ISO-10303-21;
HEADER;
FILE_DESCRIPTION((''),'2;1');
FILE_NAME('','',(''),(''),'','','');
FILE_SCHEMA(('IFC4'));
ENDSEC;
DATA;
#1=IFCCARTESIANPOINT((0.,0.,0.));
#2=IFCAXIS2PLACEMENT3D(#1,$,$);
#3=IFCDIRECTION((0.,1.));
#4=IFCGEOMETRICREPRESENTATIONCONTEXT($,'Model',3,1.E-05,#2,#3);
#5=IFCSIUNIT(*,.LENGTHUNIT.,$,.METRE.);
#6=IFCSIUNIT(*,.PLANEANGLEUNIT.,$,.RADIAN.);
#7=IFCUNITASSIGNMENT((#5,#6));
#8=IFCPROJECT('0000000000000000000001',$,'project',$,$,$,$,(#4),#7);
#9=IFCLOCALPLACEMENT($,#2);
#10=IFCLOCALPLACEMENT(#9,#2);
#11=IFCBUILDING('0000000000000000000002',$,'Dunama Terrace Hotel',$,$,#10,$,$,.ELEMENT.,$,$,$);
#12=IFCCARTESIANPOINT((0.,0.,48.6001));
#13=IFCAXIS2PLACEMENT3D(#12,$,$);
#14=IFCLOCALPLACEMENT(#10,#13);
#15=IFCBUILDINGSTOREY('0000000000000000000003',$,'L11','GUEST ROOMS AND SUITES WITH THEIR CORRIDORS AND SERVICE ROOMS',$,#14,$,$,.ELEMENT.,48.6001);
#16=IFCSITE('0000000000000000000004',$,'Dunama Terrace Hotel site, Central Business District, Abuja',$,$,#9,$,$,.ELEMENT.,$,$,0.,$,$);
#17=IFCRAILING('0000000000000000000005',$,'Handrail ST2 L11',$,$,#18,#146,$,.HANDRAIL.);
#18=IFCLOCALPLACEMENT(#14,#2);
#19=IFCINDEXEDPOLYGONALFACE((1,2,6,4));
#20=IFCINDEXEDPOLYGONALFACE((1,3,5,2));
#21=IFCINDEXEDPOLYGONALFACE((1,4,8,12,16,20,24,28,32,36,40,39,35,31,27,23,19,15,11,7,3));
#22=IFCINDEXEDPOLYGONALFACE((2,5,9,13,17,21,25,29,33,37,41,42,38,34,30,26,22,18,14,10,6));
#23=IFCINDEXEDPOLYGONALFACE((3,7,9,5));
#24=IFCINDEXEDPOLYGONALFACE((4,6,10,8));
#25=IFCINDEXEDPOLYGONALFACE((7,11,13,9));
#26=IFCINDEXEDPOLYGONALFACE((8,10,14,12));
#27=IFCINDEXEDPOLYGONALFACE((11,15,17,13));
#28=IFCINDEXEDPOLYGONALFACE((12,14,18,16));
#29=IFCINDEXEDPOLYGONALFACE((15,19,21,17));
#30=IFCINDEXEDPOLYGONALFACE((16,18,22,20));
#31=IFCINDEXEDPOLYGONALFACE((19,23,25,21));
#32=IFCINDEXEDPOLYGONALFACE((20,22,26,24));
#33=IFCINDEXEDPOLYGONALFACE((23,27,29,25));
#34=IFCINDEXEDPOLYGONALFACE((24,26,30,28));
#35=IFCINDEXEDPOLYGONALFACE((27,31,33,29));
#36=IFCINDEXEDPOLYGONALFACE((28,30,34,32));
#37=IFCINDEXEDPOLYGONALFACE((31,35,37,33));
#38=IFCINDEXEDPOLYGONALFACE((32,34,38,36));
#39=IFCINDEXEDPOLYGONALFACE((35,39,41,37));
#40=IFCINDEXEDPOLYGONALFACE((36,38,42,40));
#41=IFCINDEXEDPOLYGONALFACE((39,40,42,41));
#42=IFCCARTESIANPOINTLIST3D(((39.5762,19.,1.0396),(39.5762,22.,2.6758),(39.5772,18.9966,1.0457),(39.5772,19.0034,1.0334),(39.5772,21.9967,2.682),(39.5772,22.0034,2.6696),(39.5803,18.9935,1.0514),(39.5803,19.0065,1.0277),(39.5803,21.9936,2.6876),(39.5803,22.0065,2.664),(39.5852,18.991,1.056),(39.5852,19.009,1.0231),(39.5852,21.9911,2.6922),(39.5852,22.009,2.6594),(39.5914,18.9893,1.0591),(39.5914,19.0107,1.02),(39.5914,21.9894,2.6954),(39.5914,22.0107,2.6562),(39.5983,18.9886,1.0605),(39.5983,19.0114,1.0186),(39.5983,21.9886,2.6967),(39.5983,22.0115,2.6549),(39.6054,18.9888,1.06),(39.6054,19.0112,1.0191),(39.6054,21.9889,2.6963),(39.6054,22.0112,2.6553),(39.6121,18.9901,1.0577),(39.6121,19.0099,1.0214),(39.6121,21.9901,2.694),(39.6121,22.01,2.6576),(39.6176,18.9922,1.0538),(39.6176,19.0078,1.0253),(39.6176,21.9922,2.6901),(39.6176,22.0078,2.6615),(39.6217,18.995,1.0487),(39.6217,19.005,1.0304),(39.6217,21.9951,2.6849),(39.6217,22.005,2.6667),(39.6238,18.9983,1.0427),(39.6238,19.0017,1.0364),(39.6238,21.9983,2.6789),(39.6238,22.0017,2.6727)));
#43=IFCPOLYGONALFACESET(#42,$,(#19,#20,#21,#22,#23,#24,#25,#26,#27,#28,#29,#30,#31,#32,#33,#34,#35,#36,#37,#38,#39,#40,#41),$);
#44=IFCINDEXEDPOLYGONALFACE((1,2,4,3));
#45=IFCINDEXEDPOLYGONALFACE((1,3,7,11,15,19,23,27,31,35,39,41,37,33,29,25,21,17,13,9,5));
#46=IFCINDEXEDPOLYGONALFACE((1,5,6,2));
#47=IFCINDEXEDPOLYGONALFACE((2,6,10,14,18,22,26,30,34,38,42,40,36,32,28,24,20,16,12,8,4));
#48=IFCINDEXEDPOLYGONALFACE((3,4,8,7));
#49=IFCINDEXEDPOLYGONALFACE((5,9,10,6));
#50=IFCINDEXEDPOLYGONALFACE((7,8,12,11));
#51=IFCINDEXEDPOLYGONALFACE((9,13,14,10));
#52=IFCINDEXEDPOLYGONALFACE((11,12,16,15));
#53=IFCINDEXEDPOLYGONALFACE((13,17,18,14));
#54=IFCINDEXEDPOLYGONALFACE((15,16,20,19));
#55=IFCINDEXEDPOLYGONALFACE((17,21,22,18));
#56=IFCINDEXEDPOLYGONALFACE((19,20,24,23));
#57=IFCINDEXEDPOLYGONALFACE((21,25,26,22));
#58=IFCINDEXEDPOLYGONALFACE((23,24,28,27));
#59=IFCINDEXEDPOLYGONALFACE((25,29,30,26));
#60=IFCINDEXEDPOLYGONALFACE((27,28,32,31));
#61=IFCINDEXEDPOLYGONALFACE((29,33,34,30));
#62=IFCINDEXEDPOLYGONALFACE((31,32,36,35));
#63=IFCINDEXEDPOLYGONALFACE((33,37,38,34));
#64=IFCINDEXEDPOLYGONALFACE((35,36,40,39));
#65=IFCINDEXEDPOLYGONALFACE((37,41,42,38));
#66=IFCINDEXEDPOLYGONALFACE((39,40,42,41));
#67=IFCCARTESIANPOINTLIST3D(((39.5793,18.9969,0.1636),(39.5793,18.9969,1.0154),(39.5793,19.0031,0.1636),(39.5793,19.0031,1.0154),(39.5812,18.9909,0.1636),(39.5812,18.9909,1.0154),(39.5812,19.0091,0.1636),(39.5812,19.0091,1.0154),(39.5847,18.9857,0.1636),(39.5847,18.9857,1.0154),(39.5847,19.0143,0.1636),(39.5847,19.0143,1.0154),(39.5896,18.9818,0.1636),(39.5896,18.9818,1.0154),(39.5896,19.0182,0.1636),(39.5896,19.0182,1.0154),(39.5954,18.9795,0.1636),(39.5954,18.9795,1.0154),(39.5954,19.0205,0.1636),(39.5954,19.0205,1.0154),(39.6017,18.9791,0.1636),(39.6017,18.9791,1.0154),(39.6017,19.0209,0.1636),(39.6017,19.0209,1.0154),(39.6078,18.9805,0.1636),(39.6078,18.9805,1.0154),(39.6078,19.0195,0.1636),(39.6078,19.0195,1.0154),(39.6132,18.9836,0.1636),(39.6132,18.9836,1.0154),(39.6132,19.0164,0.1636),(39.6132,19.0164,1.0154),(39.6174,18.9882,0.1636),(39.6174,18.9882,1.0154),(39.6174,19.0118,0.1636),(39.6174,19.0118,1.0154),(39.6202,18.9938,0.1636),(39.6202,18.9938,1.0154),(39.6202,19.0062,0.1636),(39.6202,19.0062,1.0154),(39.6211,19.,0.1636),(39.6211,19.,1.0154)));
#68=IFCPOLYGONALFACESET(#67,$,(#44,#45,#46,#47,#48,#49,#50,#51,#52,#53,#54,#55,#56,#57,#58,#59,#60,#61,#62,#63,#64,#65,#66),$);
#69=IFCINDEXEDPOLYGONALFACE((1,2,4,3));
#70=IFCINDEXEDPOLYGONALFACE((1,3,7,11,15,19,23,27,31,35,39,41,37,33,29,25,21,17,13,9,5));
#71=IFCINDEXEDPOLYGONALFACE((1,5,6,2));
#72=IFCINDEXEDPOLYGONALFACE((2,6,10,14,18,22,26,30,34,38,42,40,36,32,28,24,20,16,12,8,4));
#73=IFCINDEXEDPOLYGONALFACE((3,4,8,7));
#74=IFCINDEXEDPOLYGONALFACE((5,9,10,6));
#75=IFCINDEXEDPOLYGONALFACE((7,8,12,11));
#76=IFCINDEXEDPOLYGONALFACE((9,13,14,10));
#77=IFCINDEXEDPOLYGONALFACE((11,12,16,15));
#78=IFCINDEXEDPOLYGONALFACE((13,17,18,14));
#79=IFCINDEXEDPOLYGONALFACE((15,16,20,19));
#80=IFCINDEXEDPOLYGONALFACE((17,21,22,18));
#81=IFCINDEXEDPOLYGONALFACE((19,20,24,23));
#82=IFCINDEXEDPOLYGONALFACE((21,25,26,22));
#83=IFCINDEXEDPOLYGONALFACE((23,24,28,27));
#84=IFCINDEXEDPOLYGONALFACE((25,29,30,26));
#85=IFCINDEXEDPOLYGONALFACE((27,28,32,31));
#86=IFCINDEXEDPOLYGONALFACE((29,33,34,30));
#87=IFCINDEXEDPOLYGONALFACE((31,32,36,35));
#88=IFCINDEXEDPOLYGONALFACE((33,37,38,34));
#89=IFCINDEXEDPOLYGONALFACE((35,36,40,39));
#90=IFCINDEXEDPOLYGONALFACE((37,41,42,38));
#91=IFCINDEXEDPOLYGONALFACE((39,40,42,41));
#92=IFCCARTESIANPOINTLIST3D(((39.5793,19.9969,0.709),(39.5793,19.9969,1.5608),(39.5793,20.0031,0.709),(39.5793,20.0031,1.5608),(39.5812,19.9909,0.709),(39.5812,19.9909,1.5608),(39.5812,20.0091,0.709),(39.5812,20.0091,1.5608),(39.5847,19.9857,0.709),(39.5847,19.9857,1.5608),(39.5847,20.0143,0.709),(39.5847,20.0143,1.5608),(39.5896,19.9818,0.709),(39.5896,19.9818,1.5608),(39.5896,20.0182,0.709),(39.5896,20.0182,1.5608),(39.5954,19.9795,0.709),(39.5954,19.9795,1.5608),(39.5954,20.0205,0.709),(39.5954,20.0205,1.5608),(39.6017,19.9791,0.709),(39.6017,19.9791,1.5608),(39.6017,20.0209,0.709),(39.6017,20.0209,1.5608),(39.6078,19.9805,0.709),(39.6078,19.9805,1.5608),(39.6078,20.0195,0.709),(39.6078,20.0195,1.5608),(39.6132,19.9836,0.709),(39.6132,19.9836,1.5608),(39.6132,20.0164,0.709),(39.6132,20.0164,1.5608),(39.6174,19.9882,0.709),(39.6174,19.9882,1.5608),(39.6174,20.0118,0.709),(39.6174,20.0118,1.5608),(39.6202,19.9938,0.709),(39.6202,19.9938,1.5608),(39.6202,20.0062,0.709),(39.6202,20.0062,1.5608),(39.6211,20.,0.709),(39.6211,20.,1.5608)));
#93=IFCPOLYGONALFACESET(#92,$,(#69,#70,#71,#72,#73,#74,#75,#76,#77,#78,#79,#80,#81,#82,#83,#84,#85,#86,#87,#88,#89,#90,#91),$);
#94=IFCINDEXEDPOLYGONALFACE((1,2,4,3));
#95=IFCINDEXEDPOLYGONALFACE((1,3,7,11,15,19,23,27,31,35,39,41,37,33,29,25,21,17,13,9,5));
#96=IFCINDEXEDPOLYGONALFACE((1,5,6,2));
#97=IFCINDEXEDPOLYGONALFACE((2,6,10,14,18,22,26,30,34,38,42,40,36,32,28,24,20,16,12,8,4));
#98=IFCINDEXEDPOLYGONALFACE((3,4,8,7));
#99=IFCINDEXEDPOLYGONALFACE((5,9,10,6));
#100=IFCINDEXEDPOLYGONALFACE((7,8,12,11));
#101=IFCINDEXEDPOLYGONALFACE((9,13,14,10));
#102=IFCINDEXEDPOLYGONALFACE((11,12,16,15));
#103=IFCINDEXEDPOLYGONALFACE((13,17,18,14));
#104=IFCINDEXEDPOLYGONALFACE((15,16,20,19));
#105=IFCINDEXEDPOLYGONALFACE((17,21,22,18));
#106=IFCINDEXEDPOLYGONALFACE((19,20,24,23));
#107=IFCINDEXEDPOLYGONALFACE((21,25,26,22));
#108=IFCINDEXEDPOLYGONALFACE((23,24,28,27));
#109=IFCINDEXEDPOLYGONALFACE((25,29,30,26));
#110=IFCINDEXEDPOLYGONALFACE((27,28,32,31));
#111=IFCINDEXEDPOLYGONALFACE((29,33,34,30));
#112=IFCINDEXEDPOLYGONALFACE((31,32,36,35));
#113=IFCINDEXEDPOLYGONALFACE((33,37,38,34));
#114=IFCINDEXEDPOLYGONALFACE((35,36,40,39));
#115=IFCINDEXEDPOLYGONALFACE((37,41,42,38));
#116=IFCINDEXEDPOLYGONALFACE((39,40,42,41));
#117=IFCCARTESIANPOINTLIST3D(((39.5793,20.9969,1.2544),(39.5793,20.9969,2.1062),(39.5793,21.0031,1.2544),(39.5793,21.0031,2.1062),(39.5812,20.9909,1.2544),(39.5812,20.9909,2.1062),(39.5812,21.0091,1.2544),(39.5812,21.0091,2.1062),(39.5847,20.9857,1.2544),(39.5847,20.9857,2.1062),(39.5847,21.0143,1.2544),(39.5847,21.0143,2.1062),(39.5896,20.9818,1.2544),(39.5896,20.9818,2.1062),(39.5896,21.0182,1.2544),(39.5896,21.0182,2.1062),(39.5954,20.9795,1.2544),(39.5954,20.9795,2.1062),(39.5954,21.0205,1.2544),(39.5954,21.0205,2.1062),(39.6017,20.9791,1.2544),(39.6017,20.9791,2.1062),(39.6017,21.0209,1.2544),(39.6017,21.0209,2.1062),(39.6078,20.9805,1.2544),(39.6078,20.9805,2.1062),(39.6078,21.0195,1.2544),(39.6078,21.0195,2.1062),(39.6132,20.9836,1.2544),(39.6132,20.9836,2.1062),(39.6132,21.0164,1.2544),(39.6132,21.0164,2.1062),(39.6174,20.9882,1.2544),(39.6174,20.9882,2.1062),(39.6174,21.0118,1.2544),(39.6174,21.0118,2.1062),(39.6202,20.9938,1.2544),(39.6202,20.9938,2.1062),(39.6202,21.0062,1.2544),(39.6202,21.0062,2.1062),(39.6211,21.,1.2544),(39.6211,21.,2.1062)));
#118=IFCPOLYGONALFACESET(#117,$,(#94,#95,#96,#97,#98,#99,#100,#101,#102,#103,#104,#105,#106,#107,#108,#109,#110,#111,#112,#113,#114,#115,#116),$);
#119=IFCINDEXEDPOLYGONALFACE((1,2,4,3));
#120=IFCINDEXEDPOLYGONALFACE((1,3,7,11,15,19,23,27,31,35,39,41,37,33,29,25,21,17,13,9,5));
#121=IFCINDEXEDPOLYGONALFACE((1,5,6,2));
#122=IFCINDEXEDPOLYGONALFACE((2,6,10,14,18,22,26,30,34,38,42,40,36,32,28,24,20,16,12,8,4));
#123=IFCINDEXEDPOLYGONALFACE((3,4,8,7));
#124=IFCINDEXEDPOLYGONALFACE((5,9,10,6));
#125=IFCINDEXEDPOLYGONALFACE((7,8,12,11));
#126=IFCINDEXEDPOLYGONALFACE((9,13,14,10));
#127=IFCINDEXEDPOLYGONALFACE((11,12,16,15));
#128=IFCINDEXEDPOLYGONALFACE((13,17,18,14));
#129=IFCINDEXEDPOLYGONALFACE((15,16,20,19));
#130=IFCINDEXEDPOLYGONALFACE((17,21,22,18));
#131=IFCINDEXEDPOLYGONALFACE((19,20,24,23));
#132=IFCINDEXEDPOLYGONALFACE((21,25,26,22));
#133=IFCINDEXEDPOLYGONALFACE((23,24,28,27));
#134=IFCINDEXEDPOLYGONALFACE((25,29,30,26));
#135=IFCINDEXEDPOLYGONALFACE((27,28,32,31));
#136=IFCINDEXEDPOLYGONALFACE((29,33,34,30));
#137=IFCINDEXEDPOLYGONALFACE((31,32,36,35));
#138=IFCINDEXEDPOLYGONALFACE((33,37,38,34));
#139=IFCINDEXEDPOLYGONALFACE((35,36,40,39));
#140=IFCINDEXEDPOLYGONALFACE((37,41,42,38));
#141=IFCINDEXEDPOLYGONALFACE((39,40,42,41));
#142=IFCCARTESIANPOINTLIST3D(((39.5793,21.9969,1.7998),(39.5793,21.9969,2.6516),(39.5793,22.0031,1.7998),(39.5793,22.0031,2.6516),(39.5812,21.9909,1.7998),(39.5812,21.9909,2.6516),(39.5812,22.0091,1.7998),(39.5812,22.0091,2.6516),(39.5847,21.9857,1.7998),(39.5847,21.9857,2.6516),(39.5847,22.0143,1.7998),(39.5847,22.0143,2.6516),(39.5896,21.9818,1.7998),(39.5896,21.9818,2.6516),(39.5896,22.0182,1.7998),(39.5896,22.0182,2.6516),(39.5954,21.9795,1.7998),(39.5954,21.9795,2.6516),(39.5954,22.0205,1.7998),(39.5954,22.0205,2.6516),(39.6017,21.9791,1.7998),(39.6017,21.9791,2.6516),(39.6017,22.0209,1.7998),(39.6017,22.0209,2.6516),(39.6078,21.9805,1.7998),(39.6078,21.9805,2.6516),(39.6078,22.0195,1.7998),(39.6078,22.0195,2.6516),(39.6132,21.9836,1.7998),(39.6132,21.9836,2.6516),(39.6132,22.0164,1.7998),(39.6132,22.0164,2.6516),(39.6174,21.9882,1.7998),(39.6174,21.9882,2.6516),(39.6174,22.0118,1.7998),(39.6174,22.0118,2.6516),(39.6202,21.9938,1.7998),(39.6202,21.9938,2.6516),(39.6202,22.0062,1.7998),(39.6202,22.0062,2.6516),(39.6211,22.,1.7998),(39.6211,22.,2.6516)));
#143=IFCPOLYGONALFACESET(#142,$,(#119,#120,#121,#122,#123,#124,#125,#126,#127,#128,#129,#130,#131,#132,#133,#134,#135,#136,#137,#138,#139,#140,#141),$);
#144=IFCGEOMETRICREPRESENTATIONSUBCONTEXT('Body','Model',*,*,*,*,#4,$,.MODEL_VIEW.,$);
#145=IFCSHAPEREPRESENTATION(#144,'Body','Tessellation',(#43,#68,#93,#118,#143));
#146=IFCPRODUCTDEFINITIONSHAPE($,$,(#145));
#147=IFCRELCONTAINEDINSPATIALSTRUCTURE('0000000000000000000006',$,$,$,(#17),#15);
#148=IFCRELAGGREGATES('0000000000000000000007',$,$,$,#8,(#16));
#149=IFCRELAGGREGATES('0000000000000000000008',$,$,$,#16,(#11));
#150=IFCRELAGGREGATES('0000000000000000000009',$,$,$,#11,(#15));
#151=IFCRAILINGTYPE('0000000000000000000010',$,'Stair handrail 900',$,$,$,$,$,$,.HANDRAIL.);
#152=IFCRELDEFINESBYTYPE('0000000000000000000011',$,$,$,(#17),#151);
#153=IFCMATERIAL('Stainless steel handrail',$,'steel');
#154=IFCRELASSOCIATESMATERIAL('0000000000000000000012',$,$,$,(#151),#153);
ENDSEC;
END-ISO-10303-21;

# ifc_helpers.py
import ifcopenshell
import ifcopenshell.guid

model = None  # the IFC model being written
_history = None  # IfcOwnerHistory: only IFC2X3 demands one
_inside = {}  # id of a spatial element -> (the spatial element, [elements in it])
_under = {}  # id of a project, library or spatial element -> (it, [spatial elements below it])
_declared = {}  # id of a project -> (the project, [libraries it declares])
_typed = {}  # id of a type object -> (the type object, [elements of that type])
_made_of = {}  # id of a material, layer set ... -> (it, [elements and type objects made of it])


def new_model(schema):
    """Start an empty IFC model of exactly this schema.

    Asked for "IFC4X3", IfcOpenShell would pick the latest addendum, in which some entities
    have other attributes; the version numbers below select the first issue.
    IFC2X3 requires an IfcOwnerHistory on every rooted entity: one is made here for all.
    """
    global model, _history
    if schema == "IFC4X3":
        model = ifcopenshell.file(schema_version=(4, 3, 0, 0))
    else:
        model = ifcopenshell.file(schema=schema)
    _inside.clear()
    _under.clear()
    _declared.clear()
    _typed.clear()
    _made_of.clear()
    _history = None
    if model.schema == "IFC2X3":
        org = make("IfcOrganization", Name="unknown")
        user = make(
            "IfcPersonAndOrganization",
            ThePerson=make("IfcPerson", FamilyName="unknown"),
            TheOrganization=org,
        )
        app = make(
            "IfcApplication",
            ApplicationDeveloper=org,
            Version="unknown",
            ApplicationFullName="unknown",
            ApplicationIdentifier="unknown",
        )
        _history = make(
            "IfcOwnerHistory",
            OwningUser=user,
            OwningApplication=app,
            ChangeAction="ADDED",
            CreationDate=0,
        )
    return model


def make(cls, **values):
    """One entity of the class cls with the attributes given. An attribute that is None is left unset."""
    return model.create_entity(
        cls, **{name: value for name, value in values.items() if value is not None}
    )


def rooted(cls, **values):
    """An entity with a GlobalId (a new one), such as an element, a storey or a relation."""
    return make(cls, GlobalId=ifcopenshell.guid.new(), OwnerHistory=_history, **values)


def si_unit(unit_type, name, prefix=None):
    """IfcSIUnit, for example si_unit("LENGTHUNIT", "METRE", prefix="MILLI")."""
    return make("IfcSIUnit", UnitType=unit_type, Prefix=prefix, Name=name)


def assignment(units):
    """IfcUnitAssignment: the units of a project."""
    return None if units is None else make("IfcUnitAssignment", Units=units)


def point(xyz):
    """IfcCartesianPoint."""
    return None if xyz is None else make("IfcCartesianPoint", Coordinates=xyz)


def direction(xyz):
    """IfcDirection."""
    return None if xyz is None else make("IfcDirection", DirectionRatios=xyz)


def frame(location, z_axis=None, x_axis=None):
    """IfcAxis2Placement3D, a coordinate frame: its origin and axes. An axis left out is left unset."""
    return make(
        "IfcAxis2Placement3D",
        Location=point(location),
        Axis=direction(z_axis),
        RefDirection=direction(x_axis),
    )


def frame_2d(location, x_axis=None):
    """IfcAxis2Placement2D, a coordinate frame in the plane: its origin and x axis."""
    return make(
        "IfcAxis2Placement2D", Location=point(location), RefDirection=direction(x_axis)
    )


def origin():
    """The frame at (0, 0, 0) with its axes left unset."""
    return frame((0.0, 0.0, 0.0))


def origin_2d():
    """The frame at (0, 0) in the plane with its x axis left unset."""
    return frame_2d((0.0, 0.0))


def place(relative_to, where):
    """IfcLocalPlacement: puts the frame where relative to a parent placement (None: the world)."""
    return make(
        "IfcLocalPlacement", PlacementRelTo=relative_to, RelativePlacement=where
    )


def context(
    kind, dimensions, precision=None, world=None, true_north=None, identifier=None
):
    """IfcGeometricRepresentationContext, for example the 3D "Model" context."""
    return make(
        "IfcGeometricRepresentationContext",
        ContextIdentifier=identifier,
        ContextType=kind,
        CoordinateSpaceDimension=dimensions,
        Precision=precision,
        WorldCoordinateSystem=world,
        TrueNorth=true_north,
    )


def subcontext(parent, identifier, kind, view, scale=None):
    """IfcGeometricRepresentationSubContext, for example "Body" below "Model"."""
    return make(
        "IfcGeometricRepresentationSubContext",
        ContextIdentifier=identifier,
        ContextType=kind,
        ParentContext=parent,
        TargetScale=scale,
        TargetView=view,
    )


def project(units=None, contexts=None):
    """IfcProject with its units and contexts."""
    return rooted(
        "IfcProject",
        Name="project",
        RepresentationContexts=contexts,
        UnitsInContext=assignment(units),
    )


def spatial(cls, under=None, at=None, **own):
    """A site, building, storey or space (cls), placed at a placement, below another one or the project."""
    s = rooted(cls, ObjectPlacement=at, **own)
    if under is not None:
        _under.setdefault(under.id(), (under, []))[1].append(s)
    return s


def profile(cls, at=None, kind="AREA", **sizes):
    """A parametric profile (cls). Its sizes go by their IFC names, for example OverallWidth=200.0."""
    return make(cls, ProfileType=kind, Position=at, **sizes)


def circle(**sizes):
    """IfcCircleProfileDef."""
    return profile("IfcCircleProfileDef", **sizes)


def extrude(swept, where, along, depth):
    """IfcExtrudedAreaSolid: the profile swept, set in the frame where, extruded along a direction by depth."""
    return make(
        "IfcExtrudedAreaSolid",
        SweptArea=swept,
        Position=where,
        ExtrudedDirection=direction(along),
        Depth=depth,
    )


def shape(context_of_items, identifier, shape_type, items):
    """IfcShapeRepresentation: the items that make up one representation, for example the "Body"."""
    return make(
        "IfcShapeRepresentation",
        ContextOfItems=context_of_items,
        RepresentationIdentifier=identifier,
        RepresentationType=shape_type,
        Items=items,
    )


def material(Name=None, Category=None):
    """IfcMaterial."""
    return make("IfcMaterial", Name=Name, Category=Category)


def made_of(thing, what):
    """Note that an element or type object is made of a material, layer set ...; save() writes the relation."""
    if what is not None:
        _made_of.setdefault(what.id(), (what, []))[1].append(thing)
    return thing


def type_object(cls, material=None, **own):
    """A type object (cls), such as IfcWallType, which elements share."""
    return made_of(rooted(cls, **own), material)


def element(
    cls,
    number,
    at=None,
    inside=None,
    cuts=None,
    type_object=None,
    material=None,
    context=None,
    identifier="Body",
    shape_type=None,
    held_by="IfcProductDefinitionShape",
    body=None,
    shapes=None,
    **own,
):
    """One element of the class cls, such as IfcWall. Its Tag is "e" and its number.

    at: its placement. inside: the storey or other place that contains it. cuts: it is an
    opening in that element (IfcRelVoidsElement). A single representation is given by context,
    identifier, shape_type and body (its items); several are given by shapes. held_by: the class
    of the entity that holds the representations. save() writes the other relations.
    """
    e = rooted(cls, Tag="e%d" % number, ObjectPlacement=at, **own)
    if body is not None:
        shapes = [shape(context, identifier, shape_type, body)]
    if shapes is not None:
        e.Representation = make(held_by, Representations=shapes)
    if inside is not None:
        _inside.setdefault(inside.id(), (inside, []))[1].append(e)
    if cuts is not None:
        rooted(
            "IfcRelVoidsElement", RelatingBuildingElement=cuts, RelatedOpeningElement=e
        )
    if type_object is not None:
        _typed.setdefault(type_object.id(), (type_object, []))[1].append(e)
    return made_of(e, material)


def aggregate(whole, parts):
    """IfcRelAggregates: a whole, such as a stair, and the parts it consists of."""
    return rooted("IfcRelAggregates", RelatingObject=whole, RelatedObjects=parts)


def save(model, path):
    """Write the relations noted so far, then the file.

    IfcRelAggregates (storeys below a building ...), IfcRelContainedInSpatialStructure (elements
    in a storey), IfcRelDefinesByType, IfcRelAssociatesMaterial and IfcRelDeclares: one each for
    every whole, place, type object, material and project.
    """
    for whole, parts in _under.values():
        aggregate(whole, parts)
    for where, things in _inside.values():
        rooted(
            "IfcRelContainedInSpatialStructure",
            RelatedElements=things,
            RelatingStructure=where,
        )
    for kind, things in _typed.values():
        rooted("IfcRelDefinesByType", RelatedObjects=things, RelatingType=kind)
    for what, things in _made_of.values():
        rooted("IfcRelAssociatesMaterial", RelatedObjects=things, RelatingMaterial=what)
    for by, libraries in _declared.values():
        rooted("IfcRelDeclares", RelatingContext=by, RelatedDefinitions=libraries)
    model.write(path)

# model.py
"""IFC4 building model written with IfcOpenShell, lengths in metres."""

from ifc_helpers import new_model, si_unit, direction, frame, origin, origin_2d, place, context, subcontext, project, spatial, circle, extrude, material, type_object, element, save


model = new_model("IFC4")

# Units and contexts
model_context = context("Model", 3, precision=1e-05, world=origin(), true_north=direction((0.0, 1.0)))
body_context = subcontext(model_context, "Body", "Model", "MODEL_VIEW")
ifc_project = project(units=[si_unit("LENGTHUNIT", "METRE"), si_unit("PLANEANGLEUNIT", "RADIAN")], contexts=[model_context])

# Site, building, storey
site_placement = place(None, origin())
site = spatial("IfcSite", under=ifc_project, at=site_placement, Name="Dunama Terrace Hotel site, Central Business District, Abuja", CompositionType="ELEMENT", RefElevation=0.0)
building_placement = place(site_placement, origin())
building = spatial("IfcBuilding", under=site, at=building_placement, Name="Dunama Terrace Hotel", CompositionType="ELEMENT")
storey_placement = place(building_placement, frame((0.0, 0.0, 48.6001)))
storey = spatial("IfcBuildingStorey", under=building, at=storey_placement, Name="L11", Description="GUEST ROOMS AND SUITES WITH THEIR CORRIDORS AND SERVICE ROOMS", CompositionType="ELEMENT", Elevation=48.6001)

# Railing
ifc_material_1 = material(Name="Stainless steel handrail", Category="steel")
railing_type = type_object("IfcRailingType", Name="Stair handrail 900", PredefinedType="HANDRAIL", material=ifc_material_1)
railing_1_placement = place(storey_placement, frame((39.6001, 19.0, 0.1636)))
element("IfcRailing", 1, at=railing_1_placement, inside=storey, type_object=railing_type, Name="Handrail ST2 L11", PredefinedType="HANDRAIL", context=body_context, shape_type="SweptSolid", body=[
    extrude(circle(Radius=0.0239, at=origin_2d()), frame((0.0, 0.0, 0.876), z_axis=(0.0, 0.877912, 0.478822), x_axis=(-1.0, 0.0, 0.0)), (0.0, 0.0, 1.0), 3.4172),
    extrude(circle(Radius=0.021, at=origin_2d()), origin(), (0.0, 0.0, 1.0), 0.8518),
    extrude(circle(Radius=0.021, at=origin_2d()), frame((0.0, 1.0, 0.5454)), (0.0, 0.0, 1.0), 0.8518),
    extrude(circle(Radius=0.021, at=origin_2d()), frame((0.0, 2.0, 1.0908)), (0.0, 0.0, 1.0), 0.8518),
    extrude(circle(Radius=0.021, at=origin_2d()), frame((0.0, 3.0, 1.6362)), (0.0, 0.0, 1.0), 0.8518),
])

save(model, "model.ifc")
